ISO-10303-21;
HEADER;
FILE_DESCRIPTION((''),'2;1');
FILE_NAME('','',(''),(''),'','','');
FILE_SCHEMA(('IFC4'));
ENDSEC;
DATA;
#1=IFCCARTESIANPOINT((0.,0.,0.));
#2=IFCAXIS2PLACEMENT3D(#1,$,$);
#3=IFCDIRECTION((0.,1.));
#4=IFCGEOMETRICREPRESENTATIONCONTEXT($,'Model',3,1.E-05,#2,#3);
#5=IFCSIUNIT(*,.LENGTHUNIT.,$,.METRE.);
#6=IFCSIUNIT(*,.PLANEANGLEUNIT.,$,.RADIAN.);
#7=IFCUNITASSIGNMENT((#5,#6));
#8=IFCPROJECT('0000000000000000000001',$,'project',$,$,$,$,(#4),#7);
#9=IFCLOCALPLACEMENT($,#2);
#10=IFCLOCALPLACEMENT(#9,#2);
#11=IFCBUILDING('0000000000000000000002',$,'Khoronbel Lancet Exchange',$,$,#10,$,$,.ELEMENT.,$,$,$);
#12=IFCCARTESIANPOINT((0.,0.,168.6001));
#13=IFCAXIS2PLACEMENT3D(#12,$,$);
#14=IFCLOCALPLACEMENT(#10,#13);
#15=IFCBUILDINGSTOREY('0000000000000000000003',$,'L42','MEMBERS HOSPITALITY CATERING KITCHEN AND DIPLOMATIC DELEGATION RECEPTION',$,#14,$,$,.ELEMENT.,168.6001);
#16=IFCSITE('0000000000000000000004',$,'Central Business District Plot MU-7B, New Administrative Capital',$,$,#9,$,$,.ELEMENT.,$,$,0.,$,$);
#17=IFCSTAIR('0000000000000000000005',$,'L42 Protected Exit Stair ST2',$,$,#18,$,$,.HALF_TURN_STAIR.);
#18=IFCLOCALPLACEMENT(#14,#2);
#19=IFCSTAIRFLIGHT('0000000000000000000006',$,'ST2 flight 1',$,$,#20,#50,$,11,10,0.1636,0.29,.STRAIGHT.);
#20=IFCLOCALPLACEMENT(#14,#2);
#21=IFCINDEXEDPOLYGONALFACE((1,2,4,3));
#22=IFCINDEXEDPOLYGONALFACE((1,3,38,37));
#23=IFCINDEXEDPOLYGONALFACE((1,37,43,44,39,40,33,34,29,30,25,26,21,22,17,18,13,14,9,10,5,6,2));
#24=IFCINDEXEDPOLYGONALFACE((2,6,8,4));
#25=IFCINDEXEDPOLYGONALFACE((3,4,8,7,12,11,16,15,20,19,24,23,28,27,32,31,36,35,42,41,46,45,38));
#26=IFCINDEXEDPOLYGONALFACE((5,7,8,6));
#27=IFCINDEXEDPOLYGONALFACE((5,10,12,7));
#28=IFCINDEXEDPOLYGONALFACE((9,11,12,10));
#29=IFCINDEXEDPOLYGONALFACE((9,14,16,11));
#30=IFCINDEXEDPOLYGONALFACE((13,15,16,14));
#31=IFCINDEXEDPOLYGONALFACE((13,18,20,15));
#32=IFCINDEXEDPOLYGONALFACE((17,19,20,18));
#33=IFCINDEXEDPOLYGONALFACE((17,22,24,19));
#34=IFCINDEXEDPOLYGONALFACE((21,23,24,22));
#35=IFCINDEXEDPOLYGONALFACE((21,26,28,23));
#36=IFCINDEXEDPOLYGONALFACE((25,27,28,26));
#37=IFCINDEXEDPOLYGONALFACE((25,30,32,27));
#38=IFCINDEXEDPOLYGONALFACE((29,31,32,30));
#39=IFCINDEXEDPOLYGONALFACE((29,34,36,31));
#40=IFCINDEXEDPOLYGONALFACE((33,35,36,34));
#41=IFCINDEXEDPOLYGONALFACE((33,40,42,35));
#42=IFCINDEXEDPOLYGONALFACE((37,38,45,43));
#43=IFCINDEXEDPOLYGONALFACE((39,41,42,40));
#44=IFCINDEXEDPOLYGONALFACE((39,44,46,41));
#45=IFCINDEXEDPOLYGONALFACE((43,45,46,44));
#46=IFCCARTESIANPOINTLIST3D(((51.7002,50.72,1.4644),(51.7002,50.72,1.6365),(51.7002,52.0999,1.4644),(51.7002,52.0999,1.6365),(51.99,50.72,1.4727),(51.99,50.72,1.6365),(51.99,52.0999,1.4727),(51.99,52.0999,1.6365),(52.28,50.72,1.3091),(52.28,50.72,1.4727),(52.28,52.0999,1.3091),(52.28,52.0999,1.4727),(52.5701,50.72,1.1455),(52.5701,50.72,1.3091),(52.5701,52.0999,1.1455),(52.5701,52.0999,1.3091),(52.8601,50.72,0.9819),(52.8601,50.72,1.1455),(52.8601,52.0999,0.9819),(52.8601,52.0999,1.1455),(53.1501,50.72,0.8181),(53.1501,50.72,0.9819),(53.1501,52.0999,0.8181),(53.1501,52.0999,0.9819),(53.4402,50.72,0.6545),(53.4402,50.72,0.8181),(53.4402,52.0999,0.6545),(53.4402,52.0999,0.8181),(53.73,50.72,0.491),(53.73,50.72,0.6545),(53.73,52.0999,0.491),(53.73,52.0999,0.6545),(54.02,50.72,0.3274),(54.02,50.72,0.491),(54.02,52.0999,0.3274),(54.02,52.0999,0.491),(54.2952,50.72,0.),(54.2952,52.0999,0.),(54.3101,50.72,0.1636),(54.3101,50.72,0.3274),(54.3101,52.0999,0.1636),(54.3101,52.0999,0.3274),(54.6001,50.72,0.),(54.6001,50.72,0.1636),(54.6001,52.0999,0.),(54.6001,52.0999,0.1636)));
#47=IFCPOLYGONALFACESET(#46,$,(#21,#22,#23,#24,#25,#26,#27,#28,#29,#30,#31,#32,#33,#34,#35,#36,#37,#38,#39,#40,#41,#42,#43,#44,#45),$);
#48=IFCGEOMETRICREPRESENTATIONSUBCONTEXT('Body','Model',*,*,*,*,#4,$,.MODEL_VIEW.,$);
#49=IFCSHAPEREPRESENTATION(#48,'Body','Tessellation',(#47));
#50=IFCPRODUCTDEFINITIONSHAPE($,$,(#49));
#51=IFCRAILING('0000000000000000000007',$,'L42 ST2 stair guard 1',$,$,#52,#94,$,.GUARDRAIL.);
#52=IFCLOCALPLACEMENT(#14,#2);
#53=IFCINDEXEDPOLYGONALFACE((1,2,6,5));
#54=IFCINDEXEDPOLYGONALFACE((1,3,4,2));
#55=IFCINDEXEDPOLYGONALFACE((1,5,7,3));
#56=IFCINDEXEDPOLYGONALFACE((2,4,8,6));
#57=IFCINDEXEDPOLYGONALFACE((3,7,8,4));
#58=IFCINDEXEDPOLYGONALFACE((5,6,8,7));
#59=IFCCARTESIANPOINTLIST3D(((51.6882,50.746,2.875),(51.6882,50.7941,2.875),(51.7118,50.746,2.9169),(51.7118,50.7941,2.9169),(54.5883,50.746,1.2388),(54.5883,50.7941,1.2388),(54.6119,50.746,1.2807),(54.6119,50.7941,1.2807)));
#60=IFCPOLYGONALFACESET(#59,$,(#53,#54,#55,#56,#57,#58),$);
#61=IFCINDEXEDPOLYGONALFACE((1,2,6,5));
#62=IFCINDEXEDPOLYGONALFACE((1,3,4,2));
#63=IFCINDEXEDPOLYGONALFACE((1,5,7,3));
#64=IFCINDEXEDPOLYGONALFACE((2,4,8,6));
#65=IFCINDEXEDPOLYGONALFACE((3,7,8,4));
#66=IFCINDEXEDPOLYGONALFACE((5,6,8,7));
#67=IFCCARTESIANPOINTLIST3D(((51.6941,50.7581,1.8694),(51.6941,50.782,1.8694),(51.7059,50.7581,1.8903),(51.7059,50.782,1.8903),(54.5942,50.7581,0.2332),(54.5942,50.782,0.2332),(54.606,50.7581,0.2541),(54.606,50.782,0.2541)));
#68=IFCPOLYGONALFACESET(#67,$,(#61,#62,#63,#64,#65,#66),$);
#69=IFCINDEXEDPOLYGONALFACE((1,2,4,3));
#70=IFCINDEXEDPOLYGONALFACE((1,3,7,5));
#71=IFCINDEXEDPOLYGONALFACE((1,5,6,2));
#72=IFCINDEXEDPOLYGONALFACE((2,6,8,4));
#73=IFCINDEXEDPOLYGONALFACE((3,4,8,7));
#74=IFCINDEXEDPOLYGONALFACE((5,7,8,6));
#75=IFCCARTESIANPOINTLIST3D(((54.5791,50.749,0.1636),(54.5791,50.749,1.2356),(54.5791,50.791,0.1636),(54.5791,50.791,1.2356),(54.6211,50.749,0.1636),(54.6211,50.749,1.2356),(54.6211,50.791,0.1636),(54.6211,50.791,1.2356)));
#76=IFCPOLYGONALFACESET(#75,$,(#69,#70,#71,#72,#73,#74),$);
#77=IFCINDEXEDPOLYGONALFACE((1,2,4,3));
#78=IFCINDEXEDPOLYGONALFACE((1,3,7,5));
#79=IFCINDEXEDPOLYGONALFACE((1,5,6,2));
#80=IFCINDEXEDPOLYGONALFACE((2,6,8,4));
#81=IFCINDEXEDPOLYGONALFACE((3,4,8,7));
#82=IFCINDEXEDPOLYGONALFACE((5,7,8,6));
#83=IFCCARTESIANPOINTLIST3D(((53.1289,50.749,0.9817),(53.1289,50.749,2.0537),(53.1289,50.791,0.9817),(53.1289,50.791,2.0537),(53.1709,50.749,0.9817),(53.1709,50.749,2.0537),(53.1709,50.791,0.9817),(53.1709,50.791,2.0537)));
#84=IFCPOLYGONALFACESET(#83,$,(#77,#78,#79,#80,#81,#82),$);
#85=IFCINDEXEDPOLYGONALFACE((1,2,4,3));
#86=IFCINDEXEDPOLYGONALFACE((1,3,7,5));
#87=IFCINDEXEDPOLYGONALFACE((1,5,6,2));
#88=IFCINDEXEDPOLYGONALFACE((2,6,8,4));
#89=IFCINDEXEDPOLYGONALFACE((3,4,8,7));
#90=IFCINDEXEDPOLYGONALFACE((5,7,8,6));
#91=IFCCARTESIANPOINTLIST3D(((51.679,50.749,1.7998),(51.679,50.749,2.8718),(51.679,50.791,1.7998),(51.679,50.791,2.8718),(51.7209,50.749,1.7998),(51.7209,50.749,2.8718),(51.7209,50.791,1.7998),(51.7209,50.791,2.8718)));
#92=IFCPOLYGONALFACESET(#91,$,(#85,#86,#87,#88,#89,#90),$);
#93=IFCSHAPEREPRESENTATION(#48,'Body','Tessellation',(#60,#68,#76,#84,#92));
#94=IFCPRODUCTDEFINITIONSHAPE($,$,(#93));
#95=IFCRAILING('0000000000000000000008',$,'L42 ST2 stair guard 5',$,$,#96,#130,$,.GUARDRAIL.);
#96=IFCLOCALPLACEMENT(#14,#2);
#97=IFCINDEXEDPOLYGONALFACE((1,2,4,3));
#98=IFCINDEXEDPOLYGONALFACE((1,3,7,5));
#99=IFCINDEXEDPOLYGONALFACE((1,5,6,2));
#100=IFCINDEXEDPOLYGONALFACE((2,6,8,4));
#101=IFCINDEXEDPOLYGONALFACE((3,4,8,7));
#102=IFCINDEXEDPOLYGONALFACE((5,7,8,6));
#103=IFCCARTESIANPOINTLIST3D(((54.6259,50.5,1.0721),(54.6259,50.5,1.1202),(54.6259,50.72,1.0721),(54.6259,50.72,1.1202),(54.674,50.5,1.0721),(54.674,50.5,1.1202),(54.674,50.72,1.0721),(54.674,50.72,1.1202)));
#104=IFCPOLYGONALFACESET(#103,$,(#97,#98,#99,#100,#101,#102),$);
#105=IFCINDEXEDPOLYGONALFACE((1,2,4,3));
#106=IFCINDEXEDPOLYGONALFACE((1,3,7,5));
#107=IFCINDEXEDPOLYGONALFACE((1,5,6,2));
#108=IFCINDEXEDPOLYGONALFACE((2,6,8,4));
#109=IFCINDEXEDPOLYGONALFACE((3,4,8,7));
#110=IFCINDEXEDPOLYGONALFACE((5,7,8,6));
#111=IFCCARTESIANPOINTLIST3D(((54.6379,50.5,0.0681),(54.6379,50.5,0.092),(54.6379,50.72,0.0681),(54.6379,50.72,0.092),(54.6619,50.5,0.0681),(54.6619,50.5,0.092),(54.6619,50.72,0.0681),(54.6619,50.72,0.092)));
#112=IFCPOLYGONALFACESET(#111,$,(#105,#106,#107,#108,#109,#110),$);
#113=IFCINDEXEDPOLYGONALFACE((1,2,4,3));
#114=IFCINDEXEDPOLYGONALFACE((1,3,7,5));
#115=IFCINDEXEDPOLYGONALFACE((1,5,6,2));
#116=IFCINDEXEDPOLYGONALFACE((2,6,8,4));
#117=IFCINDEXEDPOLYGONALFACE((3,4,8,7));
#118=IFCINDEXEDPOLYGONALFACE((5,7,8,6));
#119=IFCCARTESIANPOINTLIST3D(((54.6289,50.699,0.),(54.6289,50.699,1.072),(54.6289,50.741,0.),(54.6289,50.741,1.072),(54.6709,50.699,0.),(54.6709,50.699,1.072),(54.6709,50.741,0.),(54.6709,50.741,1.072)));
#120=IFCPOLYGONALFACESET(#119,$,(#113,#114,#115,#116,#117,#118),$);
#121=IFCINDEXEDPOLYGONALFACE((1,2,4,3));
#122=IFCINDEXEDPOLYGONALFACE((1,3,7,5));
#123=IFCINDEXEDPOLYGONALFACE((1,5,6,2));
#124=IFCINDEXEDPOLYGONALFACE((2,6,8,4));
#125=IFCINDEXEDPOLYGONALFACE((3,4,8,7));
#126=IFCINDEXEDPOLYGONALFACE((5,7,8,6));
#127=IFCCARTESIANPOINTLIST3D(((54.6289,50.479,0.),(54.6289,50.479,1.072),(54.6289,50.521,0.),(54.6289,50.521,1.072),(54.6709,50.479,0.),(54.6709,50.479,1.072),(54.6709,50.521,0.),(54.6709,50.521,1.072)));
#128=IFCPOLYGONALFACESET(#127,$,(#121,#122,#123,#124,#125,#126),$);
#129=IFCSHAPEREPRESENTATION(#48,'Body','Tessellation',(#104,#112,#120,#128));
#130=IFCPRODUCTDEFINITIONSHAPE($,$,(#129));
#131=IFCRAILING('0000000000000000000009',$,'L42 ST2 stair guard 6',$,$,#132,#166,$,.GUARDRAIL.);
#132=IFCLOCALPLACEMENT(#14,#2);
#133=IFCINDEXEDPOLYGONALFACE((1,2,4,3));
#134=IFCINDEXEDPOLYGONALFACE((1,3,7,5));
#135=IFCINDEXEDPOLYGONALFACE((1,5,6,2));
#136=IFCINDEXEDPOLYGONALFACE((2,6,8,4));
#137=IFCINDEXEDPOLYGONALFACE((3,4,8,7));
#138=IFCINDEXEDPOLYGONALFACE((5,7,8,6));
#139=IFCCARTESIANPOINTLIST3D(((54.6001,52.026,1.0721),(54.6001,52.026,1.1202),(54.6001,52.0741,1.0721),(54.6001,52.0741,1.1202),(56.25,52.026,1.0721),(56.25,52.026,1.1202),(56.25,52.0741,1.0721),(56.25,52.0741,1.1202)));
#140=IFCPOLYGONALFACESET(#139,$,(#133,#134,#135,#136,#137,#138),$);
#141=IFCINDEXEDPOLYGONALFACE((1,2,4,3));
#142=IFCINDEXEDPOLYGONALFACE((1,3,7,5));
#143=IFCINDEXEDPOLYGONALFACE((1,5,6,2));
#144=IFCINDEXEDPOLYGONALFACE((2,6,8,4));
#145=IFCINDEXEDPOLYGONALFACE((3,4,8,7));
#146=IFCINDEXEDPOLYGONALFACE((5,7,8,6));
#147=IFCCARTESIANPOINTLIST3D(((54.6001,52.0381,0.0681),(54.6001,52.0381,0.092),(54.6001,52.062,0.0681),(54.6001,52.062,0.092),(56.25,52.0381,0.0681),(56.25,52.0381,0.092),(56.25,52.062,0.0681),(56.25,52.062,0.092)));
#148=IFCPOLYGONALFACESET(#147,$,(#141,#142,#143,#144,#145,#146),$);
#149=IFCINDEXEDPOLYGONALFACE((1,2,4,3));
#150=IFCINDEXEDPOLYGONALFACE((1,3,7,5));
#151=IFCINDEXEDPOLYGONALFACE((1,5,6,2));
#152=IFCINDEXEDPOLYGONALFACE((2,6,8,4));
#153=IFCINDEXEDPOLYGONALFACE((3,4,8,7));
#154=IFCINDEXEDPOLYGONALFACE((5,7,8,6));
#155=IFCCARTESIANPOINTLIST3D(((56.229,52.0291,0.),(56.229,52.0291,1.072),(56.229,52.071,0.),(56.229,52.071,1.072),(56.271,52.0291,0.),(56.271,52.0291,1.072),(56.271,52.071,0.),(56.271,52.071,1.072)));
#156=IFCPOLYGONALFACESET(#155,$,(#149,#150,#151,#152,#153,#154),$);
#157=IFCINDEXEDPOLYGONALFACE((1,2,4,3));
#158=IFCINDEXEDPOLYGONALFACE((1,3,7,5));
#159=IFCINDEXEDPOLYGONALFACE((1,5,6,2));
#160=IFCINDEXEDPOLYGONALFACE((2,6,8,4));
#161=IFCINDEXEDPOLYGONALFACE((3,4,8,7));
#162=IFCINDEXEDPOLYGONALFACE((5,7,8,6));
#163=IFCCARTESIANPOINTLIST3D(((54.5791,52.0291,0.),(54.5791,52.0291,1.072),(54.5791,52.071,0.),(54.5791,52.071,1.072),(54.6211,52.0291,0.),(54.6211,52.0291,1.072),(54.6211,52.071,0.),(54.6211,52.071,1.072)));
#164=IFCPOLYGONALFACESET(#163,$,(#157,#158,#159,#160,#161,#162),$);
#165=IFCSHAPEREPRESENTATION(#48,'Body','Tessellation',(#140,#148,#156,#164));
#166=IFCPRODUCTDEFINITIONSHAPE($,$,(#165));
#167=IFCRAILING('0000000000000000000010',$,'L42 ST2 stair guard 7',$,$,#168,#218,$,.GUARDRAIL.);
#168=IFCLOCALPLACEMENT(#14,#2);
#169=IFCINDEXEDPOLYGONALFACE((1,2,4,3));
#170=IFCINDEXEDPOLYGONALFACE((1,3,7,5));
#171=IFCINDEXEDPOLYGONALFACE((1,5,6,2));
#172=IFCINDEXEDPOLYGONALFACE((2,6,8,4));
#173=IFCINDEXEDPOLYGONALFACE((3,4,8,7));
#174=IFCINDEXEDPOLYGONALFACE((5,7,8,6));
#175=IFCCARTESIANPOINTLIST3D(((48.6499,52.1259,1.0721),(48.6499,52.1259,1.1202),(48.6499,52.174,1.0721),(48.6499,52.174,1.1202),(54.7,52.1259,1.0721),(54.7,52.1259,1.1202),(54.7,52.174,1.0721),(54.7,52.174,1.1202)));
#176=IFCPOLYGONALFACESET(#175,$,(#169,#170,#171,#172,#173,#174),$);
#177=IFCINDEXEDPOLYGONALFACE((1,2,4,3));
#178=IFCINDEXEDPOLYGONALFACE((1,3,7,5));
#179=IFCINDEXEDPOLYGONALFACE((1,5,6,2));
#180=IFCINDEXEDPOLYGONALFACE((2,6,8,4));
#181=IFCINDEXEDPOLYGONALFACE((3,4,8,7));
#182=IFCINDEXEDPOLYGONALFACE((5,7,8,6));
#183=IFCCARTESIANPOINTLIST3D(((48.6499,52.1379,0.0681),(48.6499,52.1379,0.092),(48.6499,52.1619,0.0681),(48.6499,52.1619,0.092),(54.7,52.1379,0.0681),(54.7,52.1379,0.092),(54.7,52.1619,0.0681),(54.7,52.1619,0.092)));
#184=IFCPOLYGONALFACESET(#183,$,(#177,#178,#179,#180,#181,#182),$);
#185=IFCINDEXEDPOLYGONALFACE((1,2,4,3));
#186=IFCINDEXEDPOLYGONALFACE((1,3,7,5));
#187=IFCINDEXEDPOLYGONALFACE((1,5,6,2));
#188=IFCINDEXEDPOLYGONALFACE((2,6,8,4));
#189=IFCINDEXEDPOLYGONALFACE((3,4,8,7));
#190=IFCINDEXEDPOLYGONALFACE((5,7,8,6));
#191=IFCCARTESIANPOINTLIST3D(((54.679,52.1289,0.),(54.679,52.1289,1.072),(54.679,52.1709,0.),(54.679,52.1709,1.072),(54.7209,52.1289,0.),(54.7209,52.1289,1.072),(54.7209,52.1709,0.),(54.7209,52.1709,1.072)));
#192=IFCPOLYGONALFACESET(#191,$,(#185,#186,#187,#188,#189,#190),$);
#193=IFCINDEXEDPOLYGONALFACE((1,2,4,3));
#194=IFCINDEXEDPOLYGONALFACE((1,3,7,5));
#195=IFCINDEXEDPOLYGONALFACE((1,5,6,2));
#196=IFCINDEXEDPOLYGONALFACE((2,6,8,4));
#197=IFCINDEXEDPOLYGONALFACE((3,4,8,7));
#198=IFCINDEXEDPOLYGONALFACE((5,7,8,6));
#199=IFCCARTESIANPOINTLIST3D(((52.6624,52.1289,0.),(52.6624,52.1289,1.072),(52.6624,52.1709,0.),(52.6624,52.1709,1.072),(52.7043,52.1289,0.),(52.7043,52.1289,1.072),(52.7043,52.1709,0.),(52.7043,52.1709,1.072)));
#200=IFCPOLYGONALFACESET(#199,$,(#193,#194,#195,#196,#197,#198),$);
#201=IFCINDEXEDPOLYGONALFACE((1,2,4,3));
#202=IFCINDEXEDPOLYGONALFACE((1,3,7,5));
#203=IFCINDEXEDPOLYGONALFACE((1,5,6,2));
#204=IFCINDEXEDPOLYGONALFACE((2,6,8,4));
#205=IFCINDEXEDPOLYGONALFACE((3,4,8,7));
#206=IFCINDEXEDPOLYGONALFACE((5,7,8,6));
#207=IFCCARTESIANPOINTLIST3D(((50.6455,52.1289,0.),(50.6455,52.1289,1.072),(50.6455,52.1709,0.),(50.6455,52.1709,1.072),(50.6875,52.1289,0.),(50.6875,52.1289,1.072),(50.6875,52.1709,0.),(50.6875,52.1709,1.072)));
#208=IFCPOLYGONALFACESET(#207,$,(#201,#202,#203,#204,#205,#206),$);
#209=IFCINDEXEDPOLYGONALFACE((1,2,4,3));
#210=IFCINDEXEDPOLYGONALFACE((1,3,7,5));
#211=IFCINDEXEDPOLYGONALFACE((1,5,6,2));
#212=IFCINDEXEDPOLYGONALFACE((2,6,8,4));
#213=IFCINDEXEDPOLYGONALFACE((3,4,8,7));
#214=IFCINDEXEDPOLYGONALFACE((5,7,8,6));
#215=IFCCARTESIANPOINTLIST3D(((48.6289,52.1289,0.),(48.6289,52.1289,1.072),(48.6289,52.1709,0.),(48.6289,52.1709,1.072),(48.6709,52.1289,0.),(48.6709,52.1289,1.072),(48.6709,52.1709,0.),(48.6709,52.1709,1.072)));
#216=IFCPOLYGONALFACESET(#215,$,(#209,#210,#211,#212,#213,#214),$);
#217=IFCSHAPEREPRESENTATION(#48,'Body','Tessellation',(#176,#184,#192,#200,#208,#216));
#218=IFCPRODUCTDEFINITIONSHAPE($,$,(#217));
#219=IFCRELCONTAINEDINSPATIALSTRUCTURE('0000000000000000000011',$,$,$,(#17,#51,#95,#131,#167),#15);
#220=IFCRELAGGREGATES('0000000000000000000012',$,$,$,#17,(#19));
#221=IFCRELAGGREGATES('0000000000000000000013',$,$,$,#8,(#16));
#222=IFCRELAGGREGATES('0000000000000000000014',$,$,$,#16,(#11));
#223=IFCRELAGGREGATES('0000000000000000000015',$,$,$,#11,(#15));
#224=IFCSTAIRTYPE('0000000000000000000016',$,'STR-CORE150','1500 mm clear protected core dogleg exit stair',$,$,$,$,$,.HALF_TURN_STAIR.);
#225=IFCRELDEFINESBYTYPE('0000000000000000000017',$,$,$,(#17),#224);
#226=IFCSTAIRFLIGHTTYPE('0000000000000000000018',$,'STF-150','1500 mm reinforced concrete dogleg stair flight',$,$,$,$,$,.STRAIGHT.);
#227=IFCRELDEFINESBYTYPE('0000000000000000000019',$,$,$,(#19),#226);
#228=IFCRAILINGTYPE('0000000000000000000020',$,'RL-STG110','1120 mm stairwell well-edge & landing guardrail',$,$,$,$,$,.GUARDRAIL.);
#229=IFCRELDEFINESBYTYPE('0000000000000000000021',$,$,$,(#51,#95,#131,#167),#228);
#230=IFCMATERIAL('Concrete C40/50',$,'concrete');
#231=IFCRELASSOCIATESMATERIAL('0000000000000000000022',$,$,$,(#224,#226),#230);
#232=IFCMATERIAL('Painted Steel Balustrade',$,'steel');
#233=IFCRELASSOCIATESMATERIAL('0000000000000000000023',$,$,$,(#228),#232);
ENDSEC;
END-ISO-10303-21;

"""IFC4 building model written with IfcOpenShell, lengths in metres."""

from ifc_helpers import new_model, si_unit, direction, frame, origin, origin_2d, place, context, subcontext, project, spatial, polyline, rectangle, outline, extrude, material, type_object, element, aggregate, save


model = new_model("IFC4")

# Units and contexts
model_context = context("Model", 3, precision=1e-05, world=origin(), true_north=direction((0.0, 1.0)))
body_context = subcontext(model_context, "Body", "Model", "MODEL_VIEW")
ifc_project = project(units=[si_unit("LENGTHUNIT", "METRE"), si_unit("PLANEANGLEUNIT", "RADIAN")], contexts=[model_context])

# Site, building, storey
site_placement = place(None, origin())
site = spatial("IfcSite", under=ifc_project, at=site_placement, Name="Central Business District Plot MU-7B, New Administrative Capital", CompositionType="ELEMENT", RefElevation=0.0)
building_placement = place(site_placement, origin())
building = spatial("IfcBuilding", under=site, at=building_placement, Name="Khoronbel Lancet Exchange", CompositionType="ELEMENT")
storey_placement = place(building_placement, frame((0.0, 0.0, 168.6001)))
storey = spatial("IfcBuildingStorey", under=building, at=storey_placement, Name="L42", Description="MEMBERS HOSPITALITY CATERING KITCHEN AND DIPLOMATIC DELEGATION RECEPTION", CompositionType="ELEMENT", Elevation=168.6001)

# Stair, stair flight
ifc_material_1 = material(Name="Concrete C40/50", Category="concrete")
stair_type = type_object("IfcStairType", Name="STR-CORE150", Description="1500 mm clear protected core dogleg exit stair", PredefinedType="HALF_TURN_STAIR", material=ifc_material_1)
stair_placement = place(storey_placement, origin())
stair = element("IfcStair", 1, at=stair_placement, inside=storey, type_object=stair_type, Name="L42 Protected Exit Stair ST2", PredefinedType="HALF_TURN_STAIR")
stair_flight_type = type_object("IfcStairFlightType", Name="STF-150", Description="1500 mm reinforced concrete dogleg stair flight", PredefinedType="STRAIGHT", material=ifc_material_1)
stair_flight_placement = place(storey_placement, frame((54.6001, 51.4099, 0.0), z_axis=(0.0, 0.0, 1.0), x_axis=(-1.0, 0.0, 0.0)))
stair_flight = element("IfcStairFlight", 2, at=stair_flight_placement, type_object=stair_flight_type, Name="ST2 flight 1", NumberOfRisers=11, NumberOfTreads=10, PredefinedType="STRAIGHT", RiserHeight=0.1636, TreadLength=0.29, context=body_context, shape_type="SweptSolid", body=[
    extrude(outline(polyline([(0.0, 0.0), (0.0, 0.1636), (0.29, 0.1636), (0.29, 0.3274), (0.5801, 0.3274), (0.5801, 0.491), (0.8701, 0.491), (0.8701, 0.6545), (1.1599, 0.6545), (1.1599, 0.8181), (1.45, 0.8181), (1.45, 0.9819), (1.74, 0.9819), (1.74, 1.1455), (2.03, 1.1455), (2.03, 1.3091), (2.3201, 1.3091), (2.3201, 1.4727), (2.6101, 1.4727), (2.6101, 1.6365), (2.8999, 1.6365), (2.8999, 1.8), (2.8999, 1.4644), (0.3049, 0.0), (0.0, 0.0)])), frame((0.0, 0.6899, 0.0), z_axis=(0.0, -1.0, 0.0), x_axis=(1.0, 0.0, 0.0)), (0.0, 0.0, 1.0), 1.3799),
])
aggregate(stair, [stair_flight])

# Railings
ifc_material_2 = material(Name="Painted Steel Balustrade", Category="steel")
railing_type_1 = type_object("IfcRailingType", Name="RL-STG110", Description="1120 mm stairwell well-edge & landing guardrail", PredefinedType="GUARDRAIL", material=ifc_material_2)
railing_1_placement = place(storey_placement, frame((54.6001, 50.77, 0.1636)))
element("IfcRailing", 3, at=railing_1_placement, inside=storey, type_object=railing_type_1, Name="L42 ST2 stair guard 1", PredefinedType="GUARDRAIL", context=body_context, shape_type="SweptSolid", body=[
    extrude(rectangle(XDim=0.0481, YDim=0.0481, at=origin_2d()), frame((0.0, 0.0, 1.0962), z_axis=(-0.870946, 0.0, 0.491378), x_axis=(0.0, -1.0, 0.0)), (0.0, 0.0, 1.0), 3.3298),
    extrude(rectangle(XDim=0.0239, YDim=0.0239, at=origin_2d()), frame((0.0, 0.0, 0.0801), z_axis=(-0.870946, 0.0, 0.491378), x_axis=(0.0, -1.0, 0.0)), (0.0, 0.0, 1.0), 3.3298),
    extrude(rectangle(XDim=0.042, YDim=0.042, at=origin_2d()), origin(), (0.0, 0.0, 1.0), 1.072),
    extrude(rectangle(XDim=0.042, YDim=0.042, at=origin_2d()), frame((-1.4502, 0.0, 0.8181)), (0.0, 0.0, 1.0), 1.072),
    extrude(rectangle(XDim=0.042, YDim=0.042, at=origin_2d()), frame((-2.9001, 0.0, 1.6362)), (0.0, 0.0, 1.0), 1.072),
])
railing_2_placement = place(storey_placement, frame((54.6499, 50.72, 0.0)))
element("IfcRailing", 4, at=railing_2_placement, inside=storey, type_object=railing_type_1, Name="L42 ST2 stair guard 5", PredefinedType="GUARDRAIL", context=body_context, shape_type="SweptSolid", body=[
    extrude(rectangle(XDim=0.0481, YDim=0.0481, at=origin_2d()), frame((0.0, 0.0, 1.0962), z_axis=(0.0, -1.0, 0.0), x_axis=(1.0, 0.0, 0.0)), (0.0, 0.0, 1.0), 0.22),
    extrude(rectangle(XDim=0.0239, YDim=0.0239, at=origin_2d()), frame((0.0, 0.0, 0.0801), z_axis=(0.0, -1.0, 0.0), x_axis=(1.0, 0.0, 0.0)), (0.0, 0.0, 1.0), 0.22),
    extrude(rectangle(XDim=0.042, YDim=0.042, at=origin_2d()), origin(), (0.0, 0.0, 1.0), 1.072),
    extrude(rectangle(XDim=0.042, YDim=0.042, at=origin_2d()), frame((0.0, -0.22, 0.0)), (0.0, 0.0, 1.0), 1.072),
])
railing_3_placement = place(storey_placement, frame((56.25, 52.05, 0.0)))
element("IfcRailing", 5, at=railing_3_placement, inside=storey, type_object=railing_type_1, Name="L42 ST2 stair guard 6", PredefinedType="GUARDRAIL", context=body_context, shape_type="SweptSolid", body=[
    extrude(rectangle(XDim=0.0481, YDim=0.0481, at=origin_2d()), frame((0.0, 0.0, 1.0962), z_axis=(-1.0, 0.0, 0.0), x_axis=(0.0, -1.0, 0.0)), (0.0, 0.0, 1.0), 1.6499),
    extrude(rectangle(XDim=0.0239, YDim=0.0239, at=origin_2d()), frame((0.0, 0.0, 0.0801), z_axis=(-1.0, 0.0, 0.0), x_axis=(0.0, -1.0, 0.0)), (0.0, 0.0, 1.0), 1.6499),
    extrude(rectangle(XDim=0.042, YDim=0.042, at=origin_2d()), origin(), (0.0, 0.0, 1.0), 1.072),
    extrude(rectangle(XDim=0.042, YDim=0.042, at=origin_2d()), frame((-1.6499, 0.0, 0.0)), (0.0, 0.0, 1.0), 1.072),
])
railing_4_placement = place(storey_placement, frame((54.7, 52.1499, 0.0)))
element("IfcRailing", 6, at=railing_4_placement, inside=storey, type_object=railing_type_1, Name="L42 ST2 stair guard 7", PredefinedType="GUARDRAIL", context=body_context, shape_type="SweptSolid", body=[
    extrude(rectangle(XDim=0.0481, YDim=0.0481, at=origin_2d()), frame((0.0, 0.0, 1.0962), z_axis=(-1.0, 0.0, 0.0), x_axis=(0.0, -1.0, 0.0)), (0.0, 0.0, 1.0), 6.05),
    extrude(rectangle(XDim=0.0239, YDim=0.0239, at=origin_2d()), frame((0.0, 0.0, 0.0801), z_axis=(-1.0, 0.0, 0.0), x_axis=(0.0, -1.0, 0.0)), (0.0, 0.0, 1.0), 6.05),
    extrude(rectangle(XDim=0.042, YDim=0.042, at=origin_2d()), origin(), (0.0, 0.0, 1.0), 1.072),
    extrude(rectangle(XDim=0.042, YDim=0.042, at=origin_2d()), frame((-2.0166, 0.0, 0.0)), (0.0, 0.0, 1.0), 1.072),
    extrude(rectangle(XDim=0.042, YDim=0.042, at=origin_2d()), frame((-4.0334, 0.0, 0.0)), (0.0, 0.0, 1.0), 1.072),
    extrude(rectangle(XDim=0.042, YDim=0.042, at=origin_2d()), frame((-6.05, 0.0, 0.0)), (0.0, 0.0, 1.0), 1.072),
])

save(model, "model.ifc")
